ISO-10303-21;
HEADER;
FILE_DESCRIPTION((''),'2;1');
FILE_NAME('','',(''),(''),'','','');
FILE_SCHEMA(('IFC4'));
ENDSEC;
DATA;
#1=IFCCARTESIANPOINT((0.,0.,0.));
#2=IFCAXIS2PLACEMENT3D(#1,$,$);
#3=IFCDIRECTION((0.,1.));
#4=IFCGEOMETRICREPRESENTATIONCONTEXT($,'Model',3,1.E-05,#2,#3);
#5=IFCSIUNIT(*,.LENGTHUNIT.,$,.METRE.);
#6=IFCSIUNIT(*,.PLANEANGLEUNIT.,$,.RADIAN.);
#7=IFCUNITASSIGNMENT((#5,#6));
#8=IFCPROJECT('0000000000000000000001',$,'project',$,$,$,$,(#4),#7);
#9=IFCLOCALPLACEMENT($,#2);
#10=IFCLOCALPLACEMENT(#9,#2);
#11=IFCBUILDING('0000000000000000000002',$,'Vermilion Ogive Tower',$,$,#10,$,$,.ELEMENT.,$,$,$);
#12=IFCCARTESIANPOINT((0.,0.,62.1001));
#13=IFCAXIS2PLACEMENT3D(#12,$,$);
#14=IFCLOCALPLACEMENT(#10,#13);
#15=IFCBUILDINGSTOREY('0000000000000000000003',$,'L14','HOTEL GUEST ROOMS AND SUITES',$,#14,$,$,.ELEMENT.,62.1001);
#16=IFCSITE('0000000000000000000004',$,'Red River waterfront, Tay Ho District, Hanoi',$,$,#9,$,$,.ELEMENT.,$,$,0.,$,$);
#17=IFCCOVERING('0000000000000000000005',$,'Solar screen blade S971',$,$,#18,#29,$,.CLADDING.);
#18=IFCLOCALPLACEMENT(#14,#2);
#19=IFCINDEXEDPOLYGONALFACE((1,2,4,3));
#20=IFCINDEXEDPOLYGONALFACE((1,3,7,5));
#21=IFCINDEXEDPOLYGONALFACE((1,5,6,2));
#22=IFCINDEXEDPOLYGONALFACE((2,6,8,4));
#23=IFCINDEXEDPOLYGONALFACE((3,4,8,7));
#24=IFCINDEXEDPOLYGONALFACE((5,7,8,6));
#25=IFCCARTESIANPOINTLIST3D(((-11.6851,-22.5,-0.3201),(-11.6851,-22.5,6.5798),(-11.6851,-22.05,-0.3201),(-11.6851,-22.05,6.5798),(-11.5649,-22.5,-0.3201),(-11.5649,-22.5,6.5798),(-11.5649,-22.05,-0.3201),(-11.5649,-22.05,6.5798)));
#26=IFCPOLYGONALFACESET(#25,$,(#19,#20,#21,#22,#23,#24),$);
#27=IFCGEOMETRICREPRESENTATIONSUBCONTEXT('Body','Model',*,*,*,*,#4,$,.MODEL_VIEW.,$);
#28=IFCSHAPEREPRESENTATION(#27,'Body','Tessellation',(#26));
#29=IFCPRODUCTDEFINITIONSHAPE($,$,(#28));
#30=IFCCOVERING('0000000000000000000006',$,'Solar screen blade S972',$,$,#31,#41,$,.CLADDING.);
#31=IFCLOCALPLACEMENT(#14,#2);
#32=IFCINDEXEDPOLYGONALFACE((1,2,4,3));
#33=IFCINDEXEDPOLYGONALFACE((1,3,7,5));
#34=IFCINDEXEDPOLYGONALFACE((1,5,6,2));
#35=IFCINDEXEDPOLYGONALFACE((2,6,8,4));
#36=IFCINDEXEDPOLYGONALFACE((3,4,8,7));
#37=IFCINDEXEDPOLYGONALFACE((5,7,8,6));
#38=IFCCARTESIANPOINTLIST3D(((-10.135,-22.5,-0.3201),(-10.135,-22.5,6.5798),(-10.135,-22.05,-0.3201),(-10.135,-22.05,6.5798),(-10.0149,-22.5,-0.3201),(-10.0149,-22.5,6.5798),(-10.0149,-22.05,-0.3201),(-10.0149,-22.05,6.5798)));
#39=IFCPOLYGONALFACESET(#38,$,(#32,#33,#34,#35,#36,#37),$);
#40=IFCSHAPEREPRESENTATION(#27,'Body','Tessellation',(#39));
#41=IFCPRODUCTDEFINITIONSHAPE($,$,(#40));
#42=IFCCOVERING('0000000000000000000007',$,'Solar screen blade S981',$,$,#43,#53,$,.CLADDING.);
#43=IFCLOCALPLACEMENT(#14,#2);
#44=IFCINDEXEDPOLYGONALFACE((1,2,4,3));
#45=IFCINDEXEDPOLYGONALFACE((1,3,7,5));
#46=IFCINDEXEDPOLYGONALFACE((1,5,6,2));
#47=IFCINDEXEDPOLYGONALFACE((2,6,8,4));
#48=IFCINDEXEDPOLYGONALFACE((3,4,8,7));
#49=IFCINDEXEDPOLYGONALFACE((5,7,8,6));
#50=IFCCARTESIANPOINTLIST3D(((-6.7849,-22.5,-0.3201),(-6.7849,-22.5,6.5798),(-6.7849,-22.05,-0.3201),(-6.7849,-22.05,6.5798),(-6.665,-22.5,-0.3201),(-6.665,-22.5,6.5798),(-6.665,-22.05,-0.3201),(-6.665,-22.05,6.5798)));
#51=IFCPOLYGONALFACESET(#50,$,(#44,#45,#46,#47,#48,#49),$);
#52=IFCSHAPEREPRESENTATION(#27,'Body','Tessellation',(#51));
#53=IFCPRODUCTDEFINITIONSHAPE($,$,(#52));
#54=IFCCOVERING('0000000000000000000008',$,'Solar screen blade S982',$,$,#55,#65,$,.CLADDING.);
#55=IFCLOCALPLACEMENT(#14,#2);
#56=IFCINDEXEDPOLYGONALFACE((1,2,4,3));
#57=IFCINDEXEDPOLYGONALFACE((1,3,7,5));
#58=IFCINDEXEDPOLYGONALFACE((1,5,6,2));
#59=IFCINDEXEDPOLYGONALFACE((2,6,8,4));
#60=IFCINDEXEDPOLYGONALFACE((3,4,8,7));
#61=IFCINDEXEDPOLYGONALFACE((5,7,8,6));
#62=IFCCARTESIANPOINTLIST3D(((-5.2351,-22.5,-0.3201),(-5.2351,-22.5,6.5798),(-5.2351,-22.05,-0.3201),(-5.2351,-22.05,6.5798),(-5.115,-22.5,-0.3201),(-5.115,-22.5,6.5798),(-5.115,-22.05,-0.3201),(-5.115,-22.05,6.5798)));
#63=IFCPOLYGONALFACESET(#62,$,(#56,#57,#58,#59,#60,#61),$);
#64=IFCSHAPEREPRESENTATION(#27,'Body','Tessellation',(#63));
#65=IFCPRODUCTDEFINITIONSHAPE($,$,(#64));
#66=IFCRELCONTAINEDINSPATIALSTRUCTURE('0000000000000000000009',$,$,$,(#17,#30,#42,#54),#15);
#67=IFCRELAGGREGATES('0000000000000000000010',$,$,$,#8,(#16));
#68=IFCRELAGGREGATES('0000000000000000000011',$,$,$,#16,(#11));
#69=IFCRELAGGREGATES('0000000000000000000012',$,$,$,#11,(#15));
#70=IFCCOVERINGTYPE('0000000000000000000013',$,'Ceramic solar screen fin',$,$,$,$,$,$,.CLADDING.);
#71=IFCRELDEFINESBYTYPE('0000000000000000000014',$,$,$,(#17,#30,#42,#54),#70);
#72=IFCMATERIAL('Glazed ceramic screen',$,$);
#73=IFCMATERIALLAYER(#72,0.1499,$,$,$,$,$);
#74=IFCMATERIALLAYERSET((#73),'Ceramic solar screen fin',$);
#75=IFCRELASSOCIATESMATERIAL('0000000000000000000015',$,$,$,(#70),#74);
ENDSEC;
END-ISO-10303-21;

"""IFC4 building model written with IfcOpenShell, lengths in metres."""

from ifc_helpers import new_model, si_unit, direction, frame, origin, place, context, subcontext, project, spatial, polyline, outline, extrude, material, layer, layer_set, type_object, element, save


model = new_model("IFC4")

# Units and contexts
model_context = context("Model", 3, precision=1e-05, world=origin(), true_north=direction((0.0, 1.0)))
body_context = subcontext(model_context, "Body", "Model", "MODEL_VIEW")
ifc_project = project(units=[si_unit("LENGTHUNIT", "METRE"), si_unit("PLANEANGLEUNIT", "RADIAN")], contexts=[model_context])

# Site, building, storey
site_placement = place(None, origin())
site = spatial("IfcSite", under=ifc_project, at=site_placement, Name="Red River waterfront, Tay Ho District, Hanoi", CompositionType="ELEMENT", RefElevation=0.0)
building_placement = place(site_placement, origin())
building = spatial("IfcBuilding", under=site, at=building_placement, Name="Vermilion Ogive Tower", CompositionType="ELEMENT")
storey_placement = place(building_placement, frame((0.0, 0.0, 62.1001)))
storey = spatial("IfcBuildingStorey", under=building, at=storey_placement, Name="L14", Description="HOTEL GUEST ROOMS AND SUITES", CompositionType="ELEMENT", Elevation=62.1001)

# Coverings
ifc_material_1 = material(Name="Glazed ceramic screen")
ifc_layer_1 = layer(ifc_material_1, 0.1499)
ifc_layer_set_1 = layer_set([ifc_layer_1], Name="Ceramic solar screen fin")
covering_type = type_object("IfcCoveringType", Name="Ceramic solar screen fin", PredefinedType="CLADDING", material=ifc_layer_set_1)
covering_1_placement = place(storey_placement, frame((0.0, 0.0, -0.3201)))
element("IfcCovering", 1, at=covering_1_placement, inside=storey, type_object=covering_type, Name="Solar screen blade S971", PredefinedType="CLADDING", context=body_context, shape_type="SweptSolid", body=[
    extrude(outline(polyline([(-11.6851, -22.5), (-11.5649, -22.5), (-11.5649, -22.05), (-11.6851, -22.05), (-11.6851, -22.5)])), origin(), (0.0, 0.0, 1.0), 6.8999),
])
covering_2_placement = place(storey_placement, frame((0.0, 0.0, -0.3201)))
element("IfcCovering", 2, at=covering_2_placement, inside=storey, type_object=covering_type, Name="Solar screen blade S972", PredefinedType="CLADDING", context=body_context, shape_type="SweptSolid", body=[
    extrude(outline(polyline([(-10.135, -22.5), (-10.0149, -22.5), (-10.0149, -22.05), (-10.135, -22.05), (-10.135, -22.5)])), origin(), (0.0, 0.0, 1.0), 6.8999),
])
covering_3_placement = place(storey_placement, frame((0.0, 0.0, -0.3201)))
element("IfcCovering", 3, at=covering_3_placement, inside=storey, type_object=covering_type, Name="Solar screen blade S981", PredefinedType="CLADDING", context=body_context, shape_type="SweptSolid", body=[
    extrude(outline(polyline([(-6.7849, -22.5), (-6.665, -22.5), (-6.665, -22.05), (-6.7849, -22.05), (-6.7849, -22.5)])), origin(), (0.0, 0.0, 1.0), 6.8999),
])
covering_4_placement = place(storey_placement, frame((0.0, 0.0, -0.3201)))
element("IfcCovering", 4, at=covering_4_placement, inside=storey, type_object=covering_type, Name="Solar screen blade S982", PredefinedType="CLADDING", context=body_context, shape_type="SweptSolid", body=[
    extrude(outline(polyline([(-5.2351, -22.5), (-5.115, -22.5), (-5.115, -22.05), (-5.2351, -22.05), (-5.2351, -22.5)])), origin(), (0.0, 0.0, 1.0), 6.8999),
])

save(model, "model.ifc")
